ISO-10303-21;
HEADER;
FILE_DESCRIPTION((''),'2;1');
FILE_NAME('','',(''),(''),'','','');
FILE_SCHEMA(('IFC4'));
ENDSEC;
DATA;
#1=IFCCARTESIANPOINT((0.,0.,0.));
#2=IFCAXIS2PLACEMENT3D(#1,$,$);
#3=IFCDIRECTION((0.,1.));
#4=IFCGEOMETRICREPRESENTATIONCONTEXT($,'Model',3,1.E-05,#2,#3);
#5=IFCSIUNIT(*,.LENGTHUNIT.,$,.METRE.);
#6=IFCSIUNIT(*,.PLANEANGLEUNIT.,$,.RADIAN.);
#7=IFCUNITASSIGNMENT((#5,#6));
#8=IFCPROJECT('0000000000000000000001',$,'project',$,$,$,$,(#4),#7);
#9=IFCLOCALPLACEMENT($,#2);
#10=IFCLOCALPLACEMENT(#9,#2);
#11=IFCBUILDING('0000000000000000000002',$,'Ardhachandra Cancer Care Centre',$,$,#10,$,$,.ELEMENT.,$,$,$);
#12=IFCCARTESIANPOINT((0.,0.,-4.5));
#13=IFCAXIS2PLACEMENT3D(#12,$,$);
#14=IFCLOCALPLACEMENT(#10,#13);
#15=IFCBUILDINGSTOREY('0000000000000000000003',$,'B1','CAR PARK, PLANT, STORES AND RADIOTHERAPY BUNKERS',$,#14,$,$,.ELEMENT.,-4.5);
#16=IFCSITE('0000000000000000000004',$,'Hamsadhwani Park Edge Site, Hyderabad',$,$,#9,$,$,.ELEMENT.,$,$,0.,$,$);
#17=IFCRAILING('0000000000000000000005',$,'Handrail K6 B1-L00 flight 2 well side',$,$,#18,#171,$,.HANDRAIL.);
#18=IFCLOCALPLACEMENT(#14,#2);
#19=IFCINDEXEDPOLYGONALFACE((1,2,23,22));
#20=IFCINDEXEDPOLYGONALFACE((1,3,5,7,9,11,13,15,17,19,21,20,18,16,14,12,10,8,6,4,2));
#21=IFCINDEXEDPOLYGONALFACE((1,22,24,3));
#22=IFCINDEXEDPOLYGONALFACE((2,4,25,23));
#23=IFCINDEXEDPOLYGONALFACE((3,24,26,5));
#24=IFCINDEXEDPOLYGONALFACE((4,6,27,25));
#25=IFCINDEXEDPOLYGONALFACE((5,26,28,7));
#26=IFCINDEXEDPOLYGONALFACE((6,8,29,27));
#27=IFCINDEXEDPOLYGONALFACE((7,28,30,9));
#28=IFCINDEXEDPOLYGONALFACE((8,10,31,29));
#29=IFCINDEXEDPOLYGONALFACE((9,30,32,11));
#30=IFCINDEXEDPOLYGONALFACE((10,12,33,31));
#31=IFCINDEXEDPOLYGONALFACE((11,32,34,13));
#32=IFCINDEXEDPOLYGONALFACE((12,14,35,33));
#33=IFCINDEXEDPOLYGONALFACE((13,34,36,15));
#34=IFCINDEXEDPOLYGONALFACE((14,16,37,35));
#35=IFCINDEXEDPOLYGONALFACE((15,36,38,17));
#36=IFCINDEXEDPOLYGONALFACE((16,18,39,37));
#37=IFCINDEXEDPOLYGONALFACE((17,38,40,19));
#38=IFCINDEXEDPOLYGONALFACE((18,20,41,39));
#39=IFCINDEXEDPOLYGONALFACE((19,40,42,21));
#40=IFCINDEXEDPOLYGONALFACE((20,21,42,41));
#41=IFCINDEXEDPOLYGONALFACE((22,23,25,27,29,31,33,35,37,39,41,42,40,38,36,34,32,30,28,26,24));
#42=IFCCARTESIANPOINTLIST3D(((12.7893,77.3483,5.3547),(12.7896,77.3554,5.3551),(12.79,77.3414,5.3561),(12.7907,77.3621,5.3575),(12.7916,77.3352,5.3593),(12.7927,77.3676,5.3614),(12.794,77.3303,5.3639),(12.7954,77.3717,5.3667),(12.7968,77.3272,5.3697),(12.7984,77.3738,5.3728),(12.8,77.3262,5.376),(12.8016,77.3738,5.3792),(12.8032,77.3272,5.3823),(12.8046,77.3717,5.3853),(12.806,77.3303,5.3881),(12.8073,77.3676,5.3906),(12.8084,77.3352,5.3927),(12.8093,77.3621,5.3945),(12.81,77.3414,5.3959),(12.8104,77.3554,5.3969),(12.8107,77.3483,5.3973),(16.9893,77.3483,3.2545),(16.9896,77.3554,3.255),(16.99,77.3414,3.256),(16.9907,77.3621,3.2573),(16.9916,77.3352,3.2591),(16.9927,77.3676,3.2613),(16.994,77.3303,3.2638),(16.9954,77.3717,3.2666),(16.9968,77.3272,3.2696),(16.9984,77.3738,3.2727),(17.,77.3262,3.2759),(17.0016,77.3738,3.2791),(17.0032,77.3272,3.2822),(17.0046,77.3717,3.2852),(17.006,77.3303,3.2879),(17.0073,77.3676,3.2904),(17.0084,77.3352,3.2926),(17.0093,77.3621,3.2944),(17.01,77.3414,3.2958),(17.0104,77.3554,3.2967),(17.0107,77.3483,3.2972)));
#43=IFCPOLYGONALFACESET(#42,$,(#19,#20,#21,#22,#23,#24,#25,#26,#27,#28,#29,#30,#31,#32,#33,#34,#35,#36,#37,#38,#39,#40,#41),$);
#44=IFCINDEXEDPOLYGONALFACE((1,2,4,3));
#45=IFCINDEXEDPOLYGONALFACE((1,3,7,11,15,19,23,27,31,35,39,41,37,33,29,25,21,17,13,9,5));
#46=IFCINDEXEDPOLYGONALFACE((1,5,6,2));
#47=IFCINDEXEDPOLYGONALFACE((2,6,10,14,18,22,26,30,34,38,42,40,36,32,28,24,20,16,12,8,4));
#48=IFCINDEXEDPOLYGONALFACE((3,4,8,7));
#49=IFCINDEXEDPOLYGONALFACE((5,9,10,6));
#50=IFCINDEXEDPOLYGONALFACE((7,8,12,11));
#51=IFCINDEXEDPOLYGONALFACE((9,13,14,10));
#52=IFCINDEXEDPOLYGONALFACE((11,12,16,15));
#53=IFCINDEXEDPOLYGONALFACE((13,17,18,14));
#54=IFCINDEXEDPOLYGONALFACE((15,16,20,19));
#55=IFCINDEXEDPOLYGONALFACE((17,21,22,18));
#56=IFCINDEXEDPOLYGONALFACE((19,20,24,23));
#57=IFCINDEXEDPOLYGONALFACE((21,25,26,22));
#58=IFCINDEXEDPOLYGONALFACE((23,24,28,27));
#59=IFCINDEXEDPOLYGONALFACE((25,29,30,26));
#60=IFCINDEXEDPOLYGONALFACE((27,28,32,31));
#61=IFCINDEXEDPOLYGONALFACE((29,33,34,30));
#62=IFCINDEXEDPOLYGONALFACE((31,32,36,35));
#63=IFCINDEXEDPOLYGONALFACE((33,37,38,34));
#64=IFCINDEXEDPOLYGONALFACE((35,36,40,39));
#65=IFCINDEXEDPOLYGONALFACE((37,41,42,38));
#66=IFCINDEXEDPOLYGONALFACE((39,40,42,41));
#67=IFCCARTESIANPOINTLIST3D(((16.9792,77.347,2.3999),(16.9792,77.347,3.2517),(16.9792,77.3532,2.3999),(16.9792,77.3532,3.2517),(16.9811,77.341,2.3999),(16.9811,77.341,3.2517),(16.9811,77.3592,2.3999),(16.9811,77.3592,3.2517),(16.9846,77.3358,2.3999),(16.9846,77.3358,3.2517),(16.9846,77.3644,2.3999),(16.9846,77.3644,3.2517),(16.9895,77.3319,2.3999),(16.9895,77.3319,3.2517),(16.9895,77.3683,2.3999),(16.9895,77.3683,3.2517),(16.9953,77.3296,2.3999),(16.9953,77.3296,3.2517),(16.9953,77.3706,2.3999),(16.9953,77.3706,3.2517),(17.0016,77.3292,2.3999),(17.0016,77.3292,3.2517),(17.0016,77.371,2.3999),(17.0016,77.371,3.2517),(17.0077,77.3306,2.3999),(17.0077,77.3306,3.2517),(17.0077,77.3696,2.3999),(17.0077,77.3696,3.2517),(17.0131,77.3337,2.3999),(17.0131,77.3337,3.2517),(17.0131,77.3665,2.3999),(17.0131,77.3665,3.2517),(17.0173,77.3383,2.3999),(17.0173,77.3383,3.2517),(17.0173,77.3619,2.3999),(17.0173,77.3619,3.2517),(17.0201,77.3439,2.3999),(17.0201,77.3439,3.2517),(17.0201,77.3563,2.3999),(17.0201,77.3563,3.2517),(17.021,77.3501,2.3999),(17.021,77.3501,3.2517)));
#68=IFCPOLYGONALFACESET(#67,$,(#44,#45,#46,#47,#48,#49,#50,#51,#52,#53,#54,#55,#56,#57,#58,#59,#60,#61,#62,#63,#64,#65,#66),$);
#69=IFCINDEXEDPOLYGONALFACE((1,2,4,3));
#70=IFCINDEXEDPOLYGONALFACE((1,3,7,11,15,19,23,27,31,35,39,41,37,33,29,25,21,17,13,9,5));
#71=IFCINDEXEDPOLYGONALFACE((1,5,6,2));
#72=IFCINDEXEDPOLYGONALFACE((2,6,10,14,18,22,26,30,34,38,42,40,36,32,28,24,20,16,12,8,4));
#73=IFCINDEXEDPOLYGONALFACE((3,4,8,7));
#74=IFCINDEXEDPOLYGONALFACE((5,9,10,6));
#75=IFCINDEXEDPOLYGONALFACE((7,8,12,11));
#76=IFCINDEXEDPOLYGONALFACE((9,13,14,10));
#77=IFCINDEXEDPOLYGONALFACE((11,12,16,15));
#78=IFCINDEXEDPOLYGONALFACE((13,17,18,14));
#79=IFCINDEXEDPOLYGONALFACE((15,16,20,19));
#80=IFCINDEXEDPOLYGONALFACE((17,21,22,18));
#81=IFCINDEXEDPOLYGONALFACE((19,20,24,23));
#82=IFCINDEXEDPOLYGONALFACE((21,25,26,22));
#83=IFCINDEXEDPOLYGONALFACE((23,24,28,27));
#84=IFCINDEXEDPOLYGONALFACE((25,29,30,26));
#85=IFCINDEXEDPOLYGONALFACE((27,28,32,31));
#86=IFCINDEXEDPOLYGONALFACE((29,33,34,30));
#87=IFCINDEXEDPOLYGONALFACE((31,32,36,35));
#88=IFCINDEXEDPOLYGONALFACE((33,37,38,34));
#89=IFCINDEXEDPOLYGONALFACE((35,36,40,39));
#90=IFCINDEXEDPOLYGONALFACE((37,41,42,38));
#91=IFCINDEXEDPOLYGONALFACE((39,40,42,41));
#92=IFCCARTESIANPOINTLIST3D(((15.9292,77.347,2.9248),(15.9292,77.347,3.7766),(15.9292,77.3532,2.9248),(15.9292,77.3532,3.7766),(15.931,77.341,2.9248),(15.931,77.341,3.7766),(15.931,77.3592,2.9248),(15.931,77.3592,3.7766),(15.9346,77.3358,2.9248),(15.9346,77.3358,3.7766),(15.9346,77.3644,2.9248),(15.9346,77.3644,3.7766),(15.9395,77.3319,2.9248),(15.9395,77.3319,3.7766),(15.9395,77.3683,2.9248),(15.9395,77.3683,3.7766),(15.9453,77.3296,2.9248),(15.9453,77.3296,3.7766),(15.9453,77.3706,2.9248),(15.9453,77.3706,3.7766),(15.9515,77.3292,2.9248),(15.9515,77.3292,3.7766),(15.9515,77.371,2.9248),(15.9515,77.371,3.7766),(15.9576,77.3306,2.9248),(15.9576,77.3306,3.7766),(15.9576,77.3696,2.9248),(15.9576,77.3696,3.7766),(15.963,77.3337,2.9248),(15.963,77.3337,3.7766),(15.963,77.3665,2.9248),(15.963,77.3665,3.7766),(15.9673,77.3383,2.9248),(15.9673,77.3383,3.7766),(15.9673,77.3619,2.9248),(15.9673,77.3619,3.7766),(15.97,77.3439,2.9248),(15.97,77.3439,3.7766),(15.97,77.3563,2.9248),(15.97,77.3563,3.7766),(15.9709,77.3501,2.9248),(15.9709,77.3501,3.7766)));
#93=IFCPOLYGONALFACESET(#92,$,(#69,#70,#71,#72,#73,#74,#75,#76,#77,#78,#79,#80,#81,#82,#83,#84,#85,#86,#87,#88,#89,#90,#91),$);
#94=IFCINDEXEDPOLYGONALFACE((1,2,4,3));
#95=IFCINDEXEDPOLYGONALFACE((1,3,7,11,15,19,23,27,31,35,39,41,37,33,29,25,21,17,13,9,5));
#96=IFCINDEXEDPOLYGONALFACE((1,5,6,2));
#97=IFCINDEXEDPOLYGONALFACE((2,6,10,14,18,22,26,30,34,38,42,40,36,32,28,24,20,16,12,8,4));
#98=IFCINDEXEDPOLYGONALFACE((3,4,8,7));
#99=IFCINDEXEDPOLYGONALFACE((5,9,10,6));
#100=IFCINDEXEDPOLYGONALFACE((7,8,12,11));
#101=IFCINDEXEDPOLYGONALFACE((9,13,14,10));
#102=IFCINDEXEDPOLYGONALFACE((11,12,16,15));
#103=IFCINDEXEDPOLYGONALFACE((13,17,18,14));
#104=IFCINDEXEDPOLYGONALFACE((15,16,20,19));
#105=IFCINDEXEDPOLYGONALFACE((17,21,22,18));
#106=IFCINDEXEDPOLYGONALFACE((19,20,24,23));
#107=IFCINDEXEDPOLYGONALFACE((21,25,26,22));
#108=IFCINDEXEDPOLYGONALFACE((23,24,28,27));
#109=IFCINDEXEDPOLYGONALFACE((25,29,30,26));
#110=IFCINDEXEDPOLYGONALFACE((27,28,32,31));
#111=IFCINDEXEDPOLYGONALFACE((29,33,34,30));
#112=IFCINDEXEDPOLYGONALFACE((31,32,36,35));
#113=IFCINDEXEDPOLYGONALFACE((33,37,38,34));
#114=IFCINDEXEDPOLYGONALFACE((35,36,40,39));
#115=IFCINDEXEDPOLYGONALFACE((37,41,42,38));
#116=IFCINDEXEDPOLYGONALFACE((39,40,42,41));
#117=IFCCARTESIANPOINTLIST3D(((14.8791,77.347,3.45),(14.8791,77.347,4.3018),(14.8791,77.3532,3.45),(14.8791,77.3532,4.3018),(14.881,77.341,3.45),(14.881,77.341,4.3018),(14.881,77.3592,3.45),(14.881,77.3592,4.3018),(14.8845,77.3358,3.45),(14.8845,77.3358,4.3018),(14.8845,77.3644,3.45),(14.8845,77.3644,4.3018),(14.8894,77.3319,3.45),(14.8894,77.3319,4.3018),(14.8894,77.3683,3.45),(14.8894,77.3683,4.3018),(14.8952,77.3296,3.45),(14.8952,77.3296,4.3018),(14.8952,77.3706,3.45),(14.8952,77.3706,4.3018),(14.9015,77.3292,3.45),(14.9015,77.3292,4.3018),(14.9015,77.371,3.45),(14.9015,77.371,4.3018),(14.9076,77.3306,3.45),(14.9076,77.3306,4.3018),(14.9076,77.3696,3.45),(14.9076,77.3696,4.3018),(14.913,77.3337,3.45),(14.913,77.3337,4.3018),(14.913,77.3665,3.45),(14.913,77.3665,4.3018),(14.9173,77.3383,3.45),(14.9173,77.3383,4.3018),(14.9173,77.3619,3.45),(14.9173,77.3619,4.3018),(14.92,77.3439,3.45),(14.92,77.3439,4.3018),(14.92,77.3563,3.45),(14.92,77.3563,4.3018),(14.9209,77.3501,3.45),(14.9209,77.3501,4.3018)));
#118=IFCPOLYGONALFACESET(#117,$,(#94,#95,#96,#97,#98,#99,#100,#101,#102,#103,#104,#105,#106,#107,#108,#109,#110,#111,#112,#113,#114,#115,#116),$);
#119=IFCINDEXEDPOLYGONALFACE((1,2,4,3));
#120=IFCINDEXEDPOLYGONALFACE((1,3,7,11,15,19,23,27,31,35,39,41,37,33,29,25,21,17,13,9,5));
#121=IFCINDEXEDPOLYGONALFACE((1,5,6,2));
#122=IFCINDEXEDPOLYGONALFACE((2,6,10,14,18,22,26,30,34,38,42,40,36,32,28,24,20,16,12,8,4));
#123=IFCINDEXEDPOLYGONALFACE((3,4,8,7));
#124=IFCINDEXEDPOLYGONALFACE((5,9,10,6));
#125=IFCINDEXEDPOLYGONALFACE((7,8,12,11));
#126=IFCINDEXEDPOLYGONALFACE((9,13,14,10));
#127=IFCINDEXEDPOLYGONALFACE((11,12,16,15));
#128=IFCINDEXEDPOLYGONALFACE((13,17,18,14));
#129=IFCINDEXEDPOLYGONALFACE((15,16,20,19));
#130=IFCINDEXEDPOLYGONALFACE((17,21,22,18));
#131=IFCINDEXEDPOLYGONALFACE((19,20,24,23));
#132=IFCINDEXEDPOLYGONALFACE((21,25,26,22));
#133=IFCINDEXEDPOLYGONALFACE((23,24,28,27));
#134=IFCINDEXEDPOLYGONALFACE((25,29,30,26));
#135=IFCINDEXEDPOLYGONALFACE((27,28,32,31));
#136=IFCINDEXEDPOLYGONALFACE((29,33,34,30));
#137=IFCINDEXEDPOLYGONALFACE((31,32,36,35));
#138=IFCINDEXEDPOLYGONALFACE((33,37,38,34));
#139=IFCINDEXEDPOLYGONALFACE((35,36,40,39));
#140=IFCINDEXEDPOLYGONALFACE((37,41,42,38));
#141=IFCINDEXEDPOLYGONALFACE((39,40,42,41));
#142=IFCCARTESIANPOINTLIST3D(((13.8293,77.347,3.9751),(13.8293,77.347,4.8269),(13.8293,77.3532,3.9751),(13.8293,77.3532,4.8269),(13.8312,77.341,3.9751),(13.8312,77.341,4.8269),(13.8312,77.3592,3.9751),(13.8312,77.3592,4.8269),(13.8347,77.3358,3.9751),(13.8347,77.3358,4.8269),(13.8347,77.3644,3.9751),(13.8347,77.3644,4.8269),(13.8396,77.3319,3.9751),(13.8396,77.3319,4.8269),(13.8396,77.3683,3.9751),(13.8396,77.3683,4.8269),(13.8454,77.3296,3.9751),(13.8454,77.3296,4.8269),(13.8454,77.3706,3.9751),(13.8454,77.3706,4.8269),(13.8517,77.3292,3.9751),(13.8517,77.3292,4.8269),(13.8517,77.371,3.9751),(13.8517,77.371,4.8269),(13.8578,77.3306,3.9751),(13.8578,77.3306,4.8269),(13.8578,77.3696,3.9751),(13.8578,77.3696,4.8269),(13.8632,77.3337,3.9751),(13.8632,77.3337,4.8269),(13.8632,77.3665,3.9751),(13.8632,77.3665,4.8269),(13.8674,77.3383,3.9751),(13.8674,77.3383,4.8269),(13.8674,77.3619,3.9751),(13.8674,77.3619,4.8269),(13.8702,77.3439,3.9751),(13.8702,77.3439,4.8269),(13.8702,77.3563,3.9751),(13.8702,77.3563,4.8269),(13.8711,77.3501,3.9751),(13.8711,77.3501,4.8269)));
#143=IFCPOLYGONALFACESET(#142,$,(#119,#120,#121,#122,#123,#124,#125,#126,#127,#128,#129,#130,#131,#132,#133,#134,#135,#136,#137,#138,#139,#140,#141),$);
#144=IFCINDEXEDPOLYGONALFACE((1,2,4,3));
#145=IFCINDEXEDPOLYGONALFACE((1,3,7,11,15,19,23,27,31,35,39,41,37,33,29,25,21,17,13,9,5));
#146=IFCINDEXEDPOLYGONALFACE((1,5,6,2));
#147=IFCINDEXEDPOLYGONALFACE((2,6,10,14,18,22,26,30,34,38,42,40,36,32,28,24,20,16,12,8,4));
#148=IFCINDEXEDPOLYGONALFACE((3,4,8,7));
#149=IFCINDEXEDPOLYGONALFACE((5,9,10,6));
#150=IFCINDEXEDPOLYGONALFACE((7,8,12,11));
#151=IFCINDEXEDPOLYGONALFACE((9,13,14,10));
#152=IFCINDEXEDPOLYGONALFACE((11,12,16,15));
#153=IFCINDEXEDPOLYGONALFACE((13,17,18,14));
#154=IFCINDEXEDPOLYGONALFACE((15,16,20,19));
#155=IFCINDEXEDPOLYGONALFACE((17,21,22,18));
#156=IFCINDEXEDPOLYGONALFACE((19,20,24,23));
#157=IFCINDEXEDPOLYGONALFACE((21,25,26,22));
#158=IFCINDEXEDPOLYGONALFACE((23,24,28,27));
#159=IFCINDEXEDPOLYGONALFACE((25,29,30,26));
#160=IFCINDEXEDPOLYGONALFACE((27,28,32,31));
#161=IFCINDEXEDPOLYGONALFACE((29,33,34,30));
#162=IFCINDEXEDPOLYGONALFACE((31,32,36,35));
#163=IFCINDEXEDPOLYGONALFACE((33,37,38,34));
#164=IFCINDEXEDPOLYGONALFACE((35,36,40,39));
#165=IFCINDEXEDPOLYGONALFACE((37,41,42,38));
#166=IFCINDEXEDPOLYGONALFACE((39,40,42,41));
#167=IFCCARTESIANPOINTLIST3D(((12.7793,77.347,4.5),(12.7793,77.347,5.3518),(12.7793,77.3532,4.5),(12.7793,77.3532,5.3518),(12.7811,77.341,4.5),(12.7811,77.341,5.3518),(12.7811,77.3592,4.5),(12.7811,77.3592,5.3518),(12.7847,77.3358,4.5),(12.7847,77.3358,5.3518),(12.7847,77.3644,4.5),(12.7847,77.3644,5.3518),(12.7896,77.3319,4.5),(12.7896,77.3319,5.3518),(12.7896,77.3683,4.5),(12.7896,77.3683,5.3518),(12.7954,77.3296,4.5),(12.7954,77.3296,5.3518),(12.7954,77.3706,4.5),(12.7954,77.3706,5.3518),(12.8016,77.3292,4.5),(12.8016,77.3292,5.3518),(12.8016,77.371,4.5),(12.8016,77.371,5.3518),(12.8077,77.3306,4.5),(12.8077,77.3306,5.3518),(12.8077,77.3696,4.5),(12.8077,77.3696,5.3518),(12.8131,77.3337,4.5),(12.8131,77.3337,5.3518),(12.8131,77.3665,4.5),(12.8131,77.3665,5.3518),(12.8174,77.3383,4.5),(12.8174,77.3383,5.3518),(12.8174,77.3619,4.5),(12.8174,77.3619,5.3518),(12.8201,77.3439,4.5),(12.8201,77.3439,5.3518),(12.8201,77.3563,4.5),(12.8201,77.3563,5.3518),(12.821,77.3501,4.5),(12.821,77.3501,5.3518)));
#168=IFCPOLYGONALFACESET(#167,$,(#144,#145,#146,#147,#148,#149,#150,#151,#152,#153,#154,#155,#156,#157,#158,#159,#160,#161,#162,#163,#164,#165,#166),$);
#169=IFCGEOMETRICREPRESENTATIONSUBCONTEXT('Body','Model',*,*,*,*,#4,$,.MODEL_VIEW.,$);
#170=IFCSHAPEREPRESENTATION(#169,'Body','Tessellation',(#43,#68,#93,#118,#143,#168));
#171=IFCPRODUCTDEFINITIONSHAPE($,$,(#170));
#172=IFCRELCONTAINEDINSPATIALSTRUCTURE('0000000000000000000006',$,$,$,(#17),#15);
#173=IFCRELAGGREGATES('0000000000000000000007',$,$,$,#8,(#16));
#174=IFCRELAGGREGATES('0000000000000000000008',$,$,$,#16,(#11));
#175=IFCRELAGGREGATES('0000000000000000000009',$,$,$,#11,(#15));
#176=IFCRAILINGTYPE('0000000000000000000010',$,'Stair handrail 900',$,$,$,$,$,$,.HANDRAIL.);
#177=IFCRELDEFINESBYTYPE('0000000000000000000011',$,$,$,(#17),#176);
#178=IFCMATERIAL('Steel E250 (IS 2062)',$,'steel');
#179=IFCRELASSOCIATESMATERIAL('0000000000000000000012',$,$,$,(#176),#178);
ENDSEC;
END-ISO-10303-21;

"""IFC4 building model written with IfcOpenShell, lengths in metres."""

from ifc_helpers import new_model, si_unit, direction, frame, origin, origin_2d, place, context, subcontext, project, spatial, circle, extrude, material, type_object, element, save


model = new_model("IFC4")

# Units and contexts
model_context = context("Model", 3, precision=1e-05, world=origin(), true_north=direction((0.0, 1.0)))
body_context = subcontext(model_context, "Body", "Model", "MODEL_VIEW")
ifc_project = project(units=[si_unit("LENGTHUNIT", "METRE"), si_unit("PLANEANGLEUNIT", "RADIAN")], contexts=[model_context])

# Site, building, storey
site_placement = place(None, origin())
site = spatial("IfcSite", under=ifc_project, at=site_placement, Name="Hamsadhwani Park Edge Site, Hyderabad", CompositionType="ELEMENT", RefElevation=0.0)
building_placement = place(site_placement, origin())
building = spatial("IfcBuilding", under=site, at=building_placement, Name="Ardhachandra Cancer Care Centre", CompositionType="ELEMENT")
storey_placement = place(building_placement, frame((0.0, 0.0, -4.5)))
storey = spatial("IfcBuildingStorey", under=building, at=storey_placement, Name="B1", Description="CAR PARK, PLANT, STORES AND RADIOTHERAPY BUNKERS", CompositionType="ELEMENT", Elevation=-4.5)

# Railing
ifc_material_1 = material(Name="Steel E250 (IS 2062)", Category="steel")
railing_type = type_object("IfcRailingType", Name="Stair handrail 900", PredefinedType="HANDRAIL", material=ifc_material_1)
for number, where, name in (
    (1, (17.0, 77.3501, 2.3999), "Handrail K6 B1-L00 flight 2 well side"),
):
    element("IfcRailing", number, at=place(storey_placement, frame(where)), inside=storey, type_object=railing_type, Name=name, PredefinedType="HANDRAIL", context=body_context, shape_type="SweptSolid", body=[
        extrude(circle(Radius=0.0239, at=origin_2d()), frame((0.0, 0.0, 0.876), z_axis=(-0.894417, 0.0, 0.447234), x_axis=(0.0, -1.0, 0.0)), (0.0, 0.0, 1.0), 4.6958),
        extrude(circle(Radius=0.021, at=origin_2d()), origin(), (0.0, 0.0, 1.0), 0.8518),
        extrude(circle(Radius=0.021, at=origin_2d()), frame((-1.05, 0.0, 0.5249)), (0.0, 0.0, 1.0), 0.8518),
        extrude(circle(Radius=0.021, at=origin_2d()), frame((-2.1001, 0.0, 1.05)), (0.0, 0.0, 1.0), 0.8518),
        extrude(circle(Radius=0.021, at=origin_2d()), frame((-3.1499, 0.0, 1.5752)), (0.0, 0.0, 1.0), 0.8518),
        extrude(circle(Radius=0.021, at=origin_2d()), frame((-4.2, 0.0, 2.1001)), (0.0, 0.0, 1.0), 0.8518),
    ])

save(model, "model.ifc")
